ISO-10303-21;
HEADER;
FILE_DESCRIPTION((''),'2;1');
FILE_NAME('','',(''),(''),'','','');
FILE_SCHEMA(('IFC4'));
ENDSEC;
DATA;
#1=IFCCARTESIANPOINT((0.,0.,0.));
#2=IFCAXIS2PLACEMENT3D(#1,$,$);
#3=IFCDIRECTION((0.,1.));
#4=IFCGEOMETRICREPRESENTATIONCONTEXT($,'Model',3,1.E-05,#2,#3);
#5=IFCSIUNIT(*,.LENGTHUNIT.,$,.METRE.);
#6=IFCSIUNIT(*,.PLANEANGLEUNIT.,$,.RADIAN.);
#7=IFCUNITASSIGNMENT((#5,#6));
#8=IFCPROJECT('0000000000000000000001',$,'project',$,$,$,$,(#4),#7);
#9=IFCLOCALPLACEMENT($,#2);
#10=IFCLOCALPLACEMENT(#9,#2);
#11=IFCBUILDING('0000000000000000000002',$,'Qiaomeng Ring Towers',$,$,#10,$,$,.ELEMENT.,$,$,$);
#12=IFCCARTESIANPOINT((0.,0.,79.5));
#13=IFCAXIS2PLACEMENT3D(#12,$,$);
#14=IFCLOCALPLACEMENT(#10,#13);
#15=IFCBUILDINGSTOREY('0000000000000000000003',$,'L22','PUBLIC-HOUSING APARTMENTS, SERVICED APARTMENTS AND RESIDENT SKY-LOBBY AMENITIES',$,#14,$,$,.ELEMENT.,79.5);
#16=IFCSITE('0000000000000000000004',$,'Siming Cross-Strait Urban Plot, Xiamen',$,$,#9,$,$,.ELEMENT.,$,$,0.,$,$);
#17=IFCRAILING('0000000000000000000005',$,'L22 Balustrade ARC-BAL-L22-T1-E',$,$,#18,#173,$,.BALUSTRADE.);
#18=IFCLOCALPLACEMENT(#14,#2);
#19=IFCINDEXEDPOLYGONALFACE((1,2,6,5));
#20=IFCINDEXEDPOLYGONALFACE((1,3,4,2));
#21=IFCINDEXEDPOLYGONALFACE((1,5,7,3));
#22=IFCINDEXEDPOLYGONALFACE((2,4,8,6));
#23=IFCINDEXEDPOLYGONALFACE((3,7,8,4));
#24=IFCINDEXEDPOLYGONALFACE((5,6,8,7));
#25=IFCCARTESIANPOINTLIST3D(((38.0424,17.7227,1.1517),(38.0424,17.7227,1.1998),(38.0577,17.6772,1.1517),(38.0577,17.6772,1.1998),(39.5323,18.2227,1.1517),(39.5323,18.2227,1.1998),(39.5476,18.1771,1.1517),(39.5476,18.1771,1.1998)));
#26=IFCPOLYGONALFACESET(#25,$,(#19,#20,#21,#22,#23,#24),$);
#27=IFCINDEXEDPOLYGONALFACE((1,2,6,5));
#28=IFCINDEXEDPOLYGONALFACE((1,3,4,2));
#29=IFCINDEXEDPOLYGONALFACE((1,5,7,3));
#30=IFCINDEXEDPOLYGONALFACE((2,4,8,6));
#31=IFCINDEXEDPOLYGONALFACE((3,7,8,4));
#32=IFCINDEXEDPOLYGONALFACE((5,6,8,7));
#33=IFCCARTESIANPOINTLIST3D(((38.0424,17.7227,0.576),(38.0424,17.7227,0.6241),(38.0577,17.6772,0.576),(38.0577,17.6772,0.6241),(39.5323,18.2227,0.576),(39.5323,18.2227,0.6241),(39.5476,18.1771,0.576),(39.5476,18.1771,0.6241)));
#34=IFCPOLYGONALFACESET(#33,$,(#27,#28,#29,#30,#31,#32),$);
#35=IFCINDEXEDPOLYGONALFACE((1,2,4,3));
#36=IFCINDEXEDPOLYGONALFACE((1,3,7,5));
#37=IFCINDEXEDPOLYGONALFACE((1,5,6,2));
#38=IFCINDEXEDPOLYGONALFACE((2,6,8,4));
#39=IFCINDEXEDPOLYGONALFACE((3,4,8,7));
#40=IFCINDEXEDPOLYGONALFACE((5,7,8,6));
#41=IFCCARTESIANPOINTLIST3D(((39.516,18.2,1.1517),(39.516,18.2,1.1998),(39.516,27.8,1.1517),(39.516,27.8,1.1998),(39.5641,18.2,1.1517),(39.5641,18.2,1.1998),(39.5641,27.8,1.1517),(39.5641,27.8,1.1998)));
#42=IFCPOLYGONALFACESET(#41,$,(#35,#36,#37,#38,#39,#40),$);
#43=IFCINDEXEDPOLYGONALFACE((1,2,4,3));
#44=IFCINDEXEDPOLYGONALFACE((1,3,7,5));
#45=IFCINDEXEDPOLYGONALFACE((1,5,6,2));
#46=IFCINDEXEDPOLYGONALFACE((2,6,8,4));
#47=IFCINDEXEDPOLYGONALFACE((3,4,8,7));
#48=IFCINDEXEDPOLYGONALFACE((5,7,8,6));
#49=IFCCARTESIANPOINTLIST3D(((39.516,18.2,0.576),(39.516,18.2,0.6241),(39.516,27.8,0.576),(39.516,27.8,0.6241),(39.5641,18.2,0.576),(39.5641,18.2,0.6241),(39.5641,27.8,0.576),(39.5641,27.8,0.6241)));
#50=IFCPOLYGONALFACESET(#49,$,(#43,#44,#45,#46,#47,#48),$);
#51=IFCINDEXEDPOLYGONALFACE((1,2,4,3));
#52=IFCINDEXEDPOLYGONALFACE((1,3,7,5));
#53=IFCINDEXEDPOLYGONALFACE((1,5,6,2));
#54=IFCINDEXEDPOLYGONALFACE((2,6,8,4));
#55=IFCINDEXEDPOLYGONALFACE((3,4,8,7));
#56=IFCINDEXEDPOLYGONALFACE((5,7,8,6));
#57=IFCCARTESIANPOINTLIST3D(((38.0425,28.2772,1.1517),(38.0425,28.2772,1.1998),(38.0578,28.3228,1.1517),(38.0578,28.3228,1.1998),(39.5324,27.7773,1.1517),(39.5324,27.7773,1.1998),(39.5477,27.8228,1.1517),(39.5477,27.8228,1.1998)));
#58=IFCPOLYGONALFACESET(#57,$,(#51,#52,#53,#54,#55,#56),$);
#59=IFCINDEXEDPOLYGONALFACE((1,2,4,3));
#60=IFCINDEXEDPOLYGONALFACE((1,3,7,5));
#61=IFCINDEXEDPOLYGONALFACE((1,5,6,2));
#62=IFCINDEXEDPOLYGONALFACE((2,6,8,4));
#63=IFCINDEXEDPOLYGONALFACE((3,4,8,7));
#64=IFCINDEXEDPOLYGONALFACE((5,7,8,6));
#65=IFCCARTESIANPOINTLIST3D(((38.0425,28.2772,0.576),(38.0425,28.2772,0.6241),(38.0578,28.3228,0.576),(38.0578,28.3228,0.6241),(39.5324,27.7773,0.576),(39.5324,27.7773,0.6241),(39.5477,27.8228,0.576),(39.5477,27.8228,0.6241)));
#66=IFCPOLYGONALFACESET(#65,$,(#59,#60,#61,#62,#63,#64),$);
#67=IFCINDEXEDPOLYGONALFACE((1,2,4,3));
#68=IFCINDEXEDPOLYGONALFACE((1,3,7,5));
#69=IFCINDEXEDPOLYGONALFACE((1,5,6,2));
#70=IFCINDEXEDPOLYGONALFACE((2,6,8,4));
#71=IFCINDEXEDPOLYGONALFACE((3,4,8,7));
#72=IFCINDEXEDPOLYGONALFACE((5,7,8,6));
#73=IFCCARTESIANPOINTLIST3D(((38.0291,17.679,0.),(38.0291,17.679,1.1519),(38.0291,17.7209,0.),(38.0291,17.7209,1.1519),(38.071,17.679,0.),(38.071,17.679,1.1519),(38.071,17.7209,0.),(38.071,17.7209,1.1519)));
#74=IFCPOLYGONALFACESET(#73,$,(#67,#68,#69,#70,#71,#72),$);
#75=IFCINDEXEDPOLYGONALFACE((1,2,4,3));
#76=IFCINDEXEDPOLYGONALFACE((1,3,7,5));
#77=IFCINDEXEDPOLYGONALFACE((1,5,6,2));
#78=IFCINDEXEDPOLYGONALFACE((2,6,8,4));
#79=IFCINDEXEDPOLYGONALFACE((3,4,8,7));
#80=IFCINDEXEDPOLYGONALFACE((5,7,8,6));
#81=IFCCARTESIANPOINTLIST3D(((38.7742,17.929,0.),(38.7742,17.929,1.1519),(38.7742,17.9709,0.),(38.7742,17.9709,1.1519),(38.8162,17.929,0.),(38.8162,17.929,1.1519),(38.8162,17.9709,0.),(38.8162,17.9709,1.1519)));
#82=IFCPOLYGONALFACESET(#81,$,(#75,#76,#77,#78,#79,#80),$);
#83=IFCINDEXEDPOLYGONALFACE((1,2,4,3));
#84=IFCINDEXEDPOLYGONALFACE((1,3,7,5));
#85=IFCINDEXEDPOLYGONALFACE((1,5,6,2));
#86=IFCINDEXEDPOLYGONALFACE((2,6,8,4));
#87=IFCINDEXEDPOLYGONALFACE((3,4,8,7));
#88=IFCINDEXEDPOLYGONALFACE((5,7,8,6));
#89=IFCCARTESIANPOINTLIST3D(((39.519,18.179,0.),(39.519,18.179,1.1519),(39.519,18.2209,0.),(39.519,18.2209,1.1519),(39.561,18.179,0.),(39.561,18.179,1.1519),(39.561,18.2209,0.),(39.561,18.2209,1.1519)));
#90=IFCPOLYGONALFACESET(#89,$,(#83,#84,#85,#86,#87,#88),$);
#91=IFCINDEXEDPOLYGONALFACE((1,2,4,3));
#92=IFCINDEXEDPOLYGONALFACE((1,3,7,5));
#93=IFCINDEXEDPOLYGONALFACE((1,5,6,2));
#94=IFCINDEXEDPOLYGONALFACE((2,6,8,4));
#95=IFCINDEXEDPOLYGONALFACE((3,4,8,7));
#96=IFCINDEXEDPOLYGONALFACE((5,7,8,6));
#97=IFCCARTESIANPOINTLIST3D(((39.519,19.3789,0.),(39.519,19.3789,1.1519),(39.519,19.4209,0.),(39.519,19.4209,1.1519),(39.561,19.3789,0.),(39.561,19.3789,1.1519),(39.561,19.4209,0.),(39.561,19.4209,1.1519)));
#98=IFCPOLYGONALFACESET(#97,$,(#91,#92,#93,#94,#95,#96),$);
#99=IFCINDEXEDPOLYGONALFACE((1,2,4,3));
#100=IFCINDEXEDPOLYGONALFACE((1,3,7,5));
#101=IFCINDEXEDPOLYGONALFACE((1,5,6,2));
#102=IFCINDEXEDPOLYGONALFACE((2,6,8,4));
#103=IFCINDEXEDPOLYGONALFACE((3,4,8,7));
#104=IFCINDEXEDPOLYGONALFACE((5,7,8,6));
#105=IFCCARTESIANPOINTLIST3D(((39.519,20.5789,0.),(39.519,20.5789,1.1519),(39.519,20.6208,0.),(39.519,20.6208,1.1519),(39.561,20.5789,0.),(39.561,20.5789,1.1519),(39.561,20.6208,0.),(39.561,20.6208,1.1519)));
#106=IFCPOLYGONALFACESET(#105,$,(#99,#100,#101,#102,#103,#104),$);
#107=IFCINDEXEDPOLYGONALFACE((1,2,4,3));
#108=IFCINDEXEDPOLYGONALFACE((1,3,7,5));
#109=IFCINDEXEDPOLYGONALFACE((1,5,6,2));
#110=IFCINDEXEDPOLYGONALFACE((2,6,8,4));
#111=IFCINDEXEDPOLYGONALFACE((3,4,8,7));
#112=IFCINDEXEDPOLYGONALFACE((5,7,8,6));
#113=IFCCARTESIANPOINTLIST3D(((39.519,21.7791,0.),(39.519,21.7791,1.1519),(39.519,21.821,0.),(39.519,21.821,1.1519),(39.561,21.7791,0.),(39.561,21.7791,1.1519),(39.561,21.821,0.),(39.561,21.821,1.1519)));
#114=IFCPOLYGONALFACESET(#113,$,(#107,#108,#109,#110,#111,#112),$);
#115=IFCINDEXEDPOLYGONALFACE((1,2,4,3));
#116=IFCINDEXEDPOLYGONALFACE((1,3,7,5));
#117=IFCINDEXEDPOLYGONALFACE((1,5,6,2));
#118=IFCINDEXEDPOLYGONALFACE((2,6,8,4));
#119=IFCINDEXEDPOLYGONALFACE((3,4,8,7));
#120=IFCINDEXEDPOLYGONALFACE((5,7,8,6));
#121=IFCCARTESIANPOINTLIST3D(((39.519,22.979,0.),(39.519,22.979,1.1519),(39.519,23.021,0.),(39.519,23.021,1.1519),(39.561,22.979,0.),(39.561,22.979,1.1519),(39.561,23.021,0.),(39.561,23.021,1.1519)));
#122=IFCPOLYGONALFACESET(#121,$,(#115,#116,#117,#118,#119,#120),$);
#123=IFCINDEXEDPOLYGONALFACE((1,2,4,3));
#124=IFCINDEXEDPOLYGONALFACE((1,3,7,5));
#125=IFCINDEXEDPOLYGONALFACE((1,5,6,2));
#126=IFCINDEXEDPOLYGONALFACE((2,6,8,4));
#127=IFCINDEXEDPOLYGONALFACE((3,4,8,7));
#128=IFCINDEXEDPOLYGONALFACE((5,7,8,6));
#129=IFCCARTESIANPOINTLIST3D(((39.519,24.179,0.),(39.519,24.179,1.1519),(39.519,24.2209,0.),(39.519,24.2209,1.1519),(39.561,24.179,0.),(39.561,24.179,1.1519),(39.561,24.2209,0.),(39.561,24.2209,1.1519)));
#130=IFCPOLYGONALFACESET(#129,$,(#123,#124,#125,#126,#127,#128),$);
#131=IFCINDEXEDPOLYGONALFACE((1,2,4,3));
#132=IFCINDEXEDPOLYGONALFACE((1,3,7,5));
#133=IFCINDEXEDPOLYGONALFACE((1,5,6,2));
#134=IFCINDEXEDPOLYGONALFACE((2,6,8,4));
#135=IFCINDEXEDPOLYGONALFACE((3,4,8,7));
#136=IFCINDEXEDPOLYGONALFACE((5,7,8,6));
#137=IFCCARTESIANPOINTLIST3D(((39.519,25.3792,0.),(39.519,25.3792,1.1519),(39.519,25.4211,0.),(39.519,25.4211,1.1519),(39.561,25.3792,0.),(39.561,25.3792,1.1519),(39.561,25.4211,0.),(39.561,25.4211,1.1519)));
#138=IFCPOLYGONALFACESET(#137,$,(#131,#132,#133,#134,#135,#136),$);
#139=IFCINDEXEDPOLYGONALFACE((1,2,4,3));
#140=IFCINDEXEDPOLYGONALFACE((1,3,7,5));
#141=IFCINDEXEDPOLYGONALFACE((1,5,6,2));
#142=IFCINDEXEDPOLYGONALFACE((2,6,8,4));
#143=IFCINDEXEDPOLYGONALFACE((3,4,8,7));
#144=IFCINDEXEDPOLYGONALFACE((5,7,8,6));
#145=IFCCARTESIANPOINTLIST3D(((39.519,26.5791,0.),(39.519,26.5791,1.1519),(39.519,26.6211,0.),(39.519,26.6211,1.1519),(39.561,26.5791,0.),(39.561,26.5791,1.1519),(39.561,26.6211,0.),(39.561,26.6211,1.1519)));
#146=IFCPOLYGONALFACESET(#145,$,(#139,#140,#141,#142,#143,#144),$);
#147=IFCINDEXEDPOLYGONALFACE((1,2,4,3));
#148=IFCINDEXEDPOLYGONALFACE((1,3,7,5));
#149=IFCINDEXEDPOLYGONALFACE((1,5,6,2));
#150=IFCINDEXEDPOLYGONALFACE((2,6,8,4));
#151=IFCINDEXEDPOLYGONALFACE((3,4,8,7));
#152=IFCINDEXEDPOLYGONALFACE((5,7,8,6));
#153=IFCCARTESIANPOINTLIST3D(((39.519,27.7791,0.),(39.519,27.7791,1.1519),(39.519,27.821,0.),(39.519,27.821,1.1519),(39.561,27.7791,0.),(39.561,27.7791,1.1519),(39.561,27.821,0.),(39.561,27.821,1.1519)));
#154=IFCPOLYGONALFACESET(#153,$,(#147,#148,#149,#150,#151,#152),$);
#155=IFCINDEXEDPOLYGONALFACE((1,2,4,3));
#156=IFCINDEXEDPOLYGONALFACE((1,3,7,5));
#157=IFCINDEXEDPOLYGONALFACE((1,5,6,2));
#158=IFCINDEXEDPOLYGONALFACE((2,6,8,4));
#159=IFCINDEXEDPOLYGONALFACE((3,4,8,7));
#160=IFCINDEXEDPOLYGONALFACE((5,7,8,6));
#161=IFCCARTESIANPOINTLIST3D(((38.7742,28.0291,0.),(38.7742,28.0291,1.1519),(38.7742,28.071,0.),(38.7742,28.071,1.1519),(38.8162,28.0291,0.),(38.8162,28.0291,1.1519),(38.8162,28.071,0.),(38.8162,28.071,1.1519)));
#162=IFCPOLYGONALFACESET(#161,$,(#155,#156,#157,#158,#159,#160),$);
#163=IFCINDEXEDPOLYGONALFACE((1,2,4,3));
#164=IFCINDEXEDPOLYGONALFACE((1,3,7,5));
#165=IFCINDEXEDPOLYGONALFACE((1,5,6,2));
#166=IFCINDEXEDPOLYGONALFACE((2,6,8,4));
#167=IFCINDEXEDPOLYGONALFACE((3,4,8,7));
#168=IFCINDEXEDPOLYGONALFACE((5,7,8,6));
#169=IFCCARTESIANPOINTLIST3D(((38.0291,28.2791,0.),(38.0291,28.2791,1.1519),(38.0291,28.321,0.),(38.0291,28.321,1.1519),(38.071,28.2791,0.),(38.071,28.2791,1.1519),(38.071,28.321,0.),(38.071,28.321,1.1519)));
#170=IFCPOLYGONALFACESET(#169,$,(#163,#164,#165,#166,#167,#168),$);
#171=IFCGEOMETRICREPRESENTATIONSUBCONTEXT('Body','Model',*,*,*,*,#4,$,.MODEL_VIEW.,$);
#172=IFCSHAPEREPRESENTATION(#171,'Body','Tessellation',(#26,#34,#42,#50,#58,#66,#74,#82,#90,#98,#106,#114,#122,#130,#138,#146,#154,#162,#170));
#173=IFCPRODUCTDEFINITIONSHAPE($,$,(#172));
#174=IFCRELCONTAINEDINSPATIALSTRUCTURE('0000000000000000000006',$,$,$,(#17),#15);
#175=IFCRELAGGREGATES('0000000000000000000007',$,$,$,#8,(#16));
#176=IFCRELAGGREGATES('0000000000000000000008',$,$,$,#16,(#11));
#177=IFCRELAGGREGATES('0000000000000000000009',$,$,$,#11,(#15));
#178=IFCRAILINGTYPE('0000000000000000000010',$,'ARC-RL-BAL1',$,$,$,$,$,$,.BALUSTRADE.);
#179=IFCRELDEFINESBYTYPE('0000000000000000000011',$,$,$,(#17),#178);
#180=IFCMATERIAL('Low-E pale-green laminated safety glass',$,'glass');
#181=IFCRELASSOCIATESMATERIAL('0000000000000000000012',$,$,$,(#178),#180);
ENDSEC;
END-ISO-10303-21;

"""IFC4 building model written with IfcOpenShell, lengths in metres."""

from ifc_helpers import new_model, si_unit, direction, frame, origin, origin_2d, place, context, subcontext, project, spatial, rectangle, extrude, material, type_object, element, save


model = new_model("IFC4")

# Units and contexts
model_context = context("Model", 3, precision=1e-05, world=origin(), true_north=direction((0.0, 1.0)))
body_context = subcontext(model_context, "Body", "Model", "MODEL_VIEW")
ifc_project = project(units=[si_unit("LENGTHUNIT", "METRE"), si_unit("PLANEANGLEUNIT", "RADIAN")], contexts=[model_context])

# Site, building, storey
site_placement = place(None, origin())
site = spatial("IfcSite", under=ifc_project, at=site_placement, Name="Siming Cross-Strait Urban Plot, Xiamen", CompositionType="ELEMENT", RefElevation=0.0)
building_placement = place(site_placement, origin())
building = spatial("IfcBuilding", under=site, at=building_placement, Name="Qiaomeng Ring Towers", CompositionType="ELEMENT")
storey_placement = place(building_placement, frame((0.0, 0.0, 79.5)))
storey = spatial("IfcBuildingStorey", under=building, at=storey_placement, Name="L22", Description="PUBLIC-HOUSING APARTMENTS, SERVICED APARTMENTS AND RESIDENT SKY-LOBBY AMENITIES", CompositionType="ELEMENT", Elevation=79.5)

# Railing
ifc_material_1 = material(Name="Low-E pale-green laminated safety glass", Category="glass")
railing_type = type_object("IfcRailingType", Name="ARC-RL-BAL1", PredefinedType="BALUSTRADE", material=ifc_material_1)
railing_1_placement = place(storey_placement, frame((38.05, 17.7, 0.0)))
element("IfcRailing", 1, at=railing_1_placement, inside=storey, type_object=railing_type, Name="L22 Balustrade ARC-BAL-L22-T1-E", PredefinedType="BALUSTRADE", context=body_context, shape_type="SweptSolid", body=[
    extrude(rectangle(XDim=0.0481, YDim=0.0481, at=origin_2d()), frame((0.0, 0.0, 1.1758), z_axis=(0.948044, 0.318138, 0.0), x_axis=(-0.318138, 0.948044, 0.0)), (0.0, 0.0, 1.0), 1.5715),
    extrude(rectangle(XDim=0.0481, YDim=0.0481, at=origin_2d()), frame((0.0, 0.0, 0.6001), z_axis=(0.948044, 0.318138, 0.0), x_axis=(-0.318138, 0.948044, 0.0)), (0.0, 0.0, 1.0), 1.5715),
    extrude(rectangle(XDim=0.0481, YDim=0.0481, at=origin_2d()), frame((1.49, 0.5, 1.1758), z_axis=(0.0, 1.0, 0.0), x_axis=(-1.0, 0.0, 0.0)), (0.0, 0.0, 1.0), 9.6001),
    extrude(rectangle(XDim=0.0481, YDim=0.0481, at=origin_2d()), frame((1.49, 0.5, 0.6001), z_axis=(0.0, 1.0, 0.0), x_axis=(-1.0, 0.0, 0.0)), (0.0, 0.0, 1.0), 9.6001),
    extrude(rectangle(XDim=0.0481, YDim=0.0481, at=origin_2d()), frame((1.49, 10.1001, 1.1758), z_axis=(-0.948044, 0.318138, 0.0), x_axis=(-0.318138, -0.948044, 0.0)), (0.0, 0.0, 1.0), 1.5715),
    extrude(rectangle(XDim=0.0481, YDim=0.0481, at=origin_2d()), frame((1.49, 10.1001, 0.6001), z_axis=(-0.948044, 0.318138, 0.0), x_axis=(-0.318138, -0.948044, 0.0)), (0.0, 0.0, 1.0), 1.5715),
    extrude(rectangle(XDim=0.042, YDim=0.042, at=origin_2d()), origin(), (0.0, 0.0, 1.0), 1.1519),
    extrude(rectangle(XDim=0.042, YDim=0.042, at=origin_2d()), frame((0.7451, 0.25, 0.0)), (0.0, 0.0, 1.0), 1.1519),
    extrude(rectangle(XDim=0.042, YDim=0.042, at=origin_2d()), frame((1.49, 0.5, 0.0)), (0.0, 0.0, 1.0), 1.1519),
    extrude(rectangle(XDim=0.042, YDim=0.042, at=origin_2d()), frame((1.49, 1.7, 0.0)), (0.0, 0.0, 1.0), 1.1519),
    extrude(rectangle(XDim=0.042, YDim=0.042, at=origin_2d()), frame((1.49, 2.8999, 0.0)), (0.0, 0.0, 1.0), 1.1519),
    extrude(rectangle(XDim=0.042, YDim=0.042, at=origin_2d()), frame((1.49, 4.1001, 0.0)), (0.0, 0.0, 1.0), 1.1519),
    extrude(rectangle(XDim=0.042, YDim=0.042, at=origin_2d()), frame((1.49, 5.3, 0.0)), (0.0, 0.0, 1.0), 1.1519),
    extrude(rectangle(XDim=0.042, YDim=0.042, at=origin_2d()), frame((1.49, 6.5, 0.0)), (0.0, 0.0, 1.0), 1.1519),
    extrude(rectangle(XDim=0.042, YDim=0.042, at=origin_2d()), frame((1.49, 7.7002, 0.0)), (0.0, 0.0, 1.0), 1.1519),
    extrude(rectangle(XDim=0.042, YDim=0.042, at=origin_2d()), frame((1.49, 8.9001, 0.0)), (0.0, 0.0, 1.0), 1.1519),
    extrude(rectangle(XDim=0.042, YDim=0.042, at=origin_2d()), frame((1.49, 10.1001, 0.0)), (0.0, 0.0, 1.0), 1.1519),
    extrude(rectangle(XDim=0.042, YDim=0.042, at=origin_2d()), frame((0.7451, 10.3501, 0.0)), (0.0, 0.0, 1.0), 1.1519),
    extrude(rectangle(XDim=0.042, YDim=0.042, at=origin_2d()), frame((0.0, 10.6001, 0.0)), (0.0, 0.0, 1.0), 1.1519),
])

save(model, "model.ifc")
